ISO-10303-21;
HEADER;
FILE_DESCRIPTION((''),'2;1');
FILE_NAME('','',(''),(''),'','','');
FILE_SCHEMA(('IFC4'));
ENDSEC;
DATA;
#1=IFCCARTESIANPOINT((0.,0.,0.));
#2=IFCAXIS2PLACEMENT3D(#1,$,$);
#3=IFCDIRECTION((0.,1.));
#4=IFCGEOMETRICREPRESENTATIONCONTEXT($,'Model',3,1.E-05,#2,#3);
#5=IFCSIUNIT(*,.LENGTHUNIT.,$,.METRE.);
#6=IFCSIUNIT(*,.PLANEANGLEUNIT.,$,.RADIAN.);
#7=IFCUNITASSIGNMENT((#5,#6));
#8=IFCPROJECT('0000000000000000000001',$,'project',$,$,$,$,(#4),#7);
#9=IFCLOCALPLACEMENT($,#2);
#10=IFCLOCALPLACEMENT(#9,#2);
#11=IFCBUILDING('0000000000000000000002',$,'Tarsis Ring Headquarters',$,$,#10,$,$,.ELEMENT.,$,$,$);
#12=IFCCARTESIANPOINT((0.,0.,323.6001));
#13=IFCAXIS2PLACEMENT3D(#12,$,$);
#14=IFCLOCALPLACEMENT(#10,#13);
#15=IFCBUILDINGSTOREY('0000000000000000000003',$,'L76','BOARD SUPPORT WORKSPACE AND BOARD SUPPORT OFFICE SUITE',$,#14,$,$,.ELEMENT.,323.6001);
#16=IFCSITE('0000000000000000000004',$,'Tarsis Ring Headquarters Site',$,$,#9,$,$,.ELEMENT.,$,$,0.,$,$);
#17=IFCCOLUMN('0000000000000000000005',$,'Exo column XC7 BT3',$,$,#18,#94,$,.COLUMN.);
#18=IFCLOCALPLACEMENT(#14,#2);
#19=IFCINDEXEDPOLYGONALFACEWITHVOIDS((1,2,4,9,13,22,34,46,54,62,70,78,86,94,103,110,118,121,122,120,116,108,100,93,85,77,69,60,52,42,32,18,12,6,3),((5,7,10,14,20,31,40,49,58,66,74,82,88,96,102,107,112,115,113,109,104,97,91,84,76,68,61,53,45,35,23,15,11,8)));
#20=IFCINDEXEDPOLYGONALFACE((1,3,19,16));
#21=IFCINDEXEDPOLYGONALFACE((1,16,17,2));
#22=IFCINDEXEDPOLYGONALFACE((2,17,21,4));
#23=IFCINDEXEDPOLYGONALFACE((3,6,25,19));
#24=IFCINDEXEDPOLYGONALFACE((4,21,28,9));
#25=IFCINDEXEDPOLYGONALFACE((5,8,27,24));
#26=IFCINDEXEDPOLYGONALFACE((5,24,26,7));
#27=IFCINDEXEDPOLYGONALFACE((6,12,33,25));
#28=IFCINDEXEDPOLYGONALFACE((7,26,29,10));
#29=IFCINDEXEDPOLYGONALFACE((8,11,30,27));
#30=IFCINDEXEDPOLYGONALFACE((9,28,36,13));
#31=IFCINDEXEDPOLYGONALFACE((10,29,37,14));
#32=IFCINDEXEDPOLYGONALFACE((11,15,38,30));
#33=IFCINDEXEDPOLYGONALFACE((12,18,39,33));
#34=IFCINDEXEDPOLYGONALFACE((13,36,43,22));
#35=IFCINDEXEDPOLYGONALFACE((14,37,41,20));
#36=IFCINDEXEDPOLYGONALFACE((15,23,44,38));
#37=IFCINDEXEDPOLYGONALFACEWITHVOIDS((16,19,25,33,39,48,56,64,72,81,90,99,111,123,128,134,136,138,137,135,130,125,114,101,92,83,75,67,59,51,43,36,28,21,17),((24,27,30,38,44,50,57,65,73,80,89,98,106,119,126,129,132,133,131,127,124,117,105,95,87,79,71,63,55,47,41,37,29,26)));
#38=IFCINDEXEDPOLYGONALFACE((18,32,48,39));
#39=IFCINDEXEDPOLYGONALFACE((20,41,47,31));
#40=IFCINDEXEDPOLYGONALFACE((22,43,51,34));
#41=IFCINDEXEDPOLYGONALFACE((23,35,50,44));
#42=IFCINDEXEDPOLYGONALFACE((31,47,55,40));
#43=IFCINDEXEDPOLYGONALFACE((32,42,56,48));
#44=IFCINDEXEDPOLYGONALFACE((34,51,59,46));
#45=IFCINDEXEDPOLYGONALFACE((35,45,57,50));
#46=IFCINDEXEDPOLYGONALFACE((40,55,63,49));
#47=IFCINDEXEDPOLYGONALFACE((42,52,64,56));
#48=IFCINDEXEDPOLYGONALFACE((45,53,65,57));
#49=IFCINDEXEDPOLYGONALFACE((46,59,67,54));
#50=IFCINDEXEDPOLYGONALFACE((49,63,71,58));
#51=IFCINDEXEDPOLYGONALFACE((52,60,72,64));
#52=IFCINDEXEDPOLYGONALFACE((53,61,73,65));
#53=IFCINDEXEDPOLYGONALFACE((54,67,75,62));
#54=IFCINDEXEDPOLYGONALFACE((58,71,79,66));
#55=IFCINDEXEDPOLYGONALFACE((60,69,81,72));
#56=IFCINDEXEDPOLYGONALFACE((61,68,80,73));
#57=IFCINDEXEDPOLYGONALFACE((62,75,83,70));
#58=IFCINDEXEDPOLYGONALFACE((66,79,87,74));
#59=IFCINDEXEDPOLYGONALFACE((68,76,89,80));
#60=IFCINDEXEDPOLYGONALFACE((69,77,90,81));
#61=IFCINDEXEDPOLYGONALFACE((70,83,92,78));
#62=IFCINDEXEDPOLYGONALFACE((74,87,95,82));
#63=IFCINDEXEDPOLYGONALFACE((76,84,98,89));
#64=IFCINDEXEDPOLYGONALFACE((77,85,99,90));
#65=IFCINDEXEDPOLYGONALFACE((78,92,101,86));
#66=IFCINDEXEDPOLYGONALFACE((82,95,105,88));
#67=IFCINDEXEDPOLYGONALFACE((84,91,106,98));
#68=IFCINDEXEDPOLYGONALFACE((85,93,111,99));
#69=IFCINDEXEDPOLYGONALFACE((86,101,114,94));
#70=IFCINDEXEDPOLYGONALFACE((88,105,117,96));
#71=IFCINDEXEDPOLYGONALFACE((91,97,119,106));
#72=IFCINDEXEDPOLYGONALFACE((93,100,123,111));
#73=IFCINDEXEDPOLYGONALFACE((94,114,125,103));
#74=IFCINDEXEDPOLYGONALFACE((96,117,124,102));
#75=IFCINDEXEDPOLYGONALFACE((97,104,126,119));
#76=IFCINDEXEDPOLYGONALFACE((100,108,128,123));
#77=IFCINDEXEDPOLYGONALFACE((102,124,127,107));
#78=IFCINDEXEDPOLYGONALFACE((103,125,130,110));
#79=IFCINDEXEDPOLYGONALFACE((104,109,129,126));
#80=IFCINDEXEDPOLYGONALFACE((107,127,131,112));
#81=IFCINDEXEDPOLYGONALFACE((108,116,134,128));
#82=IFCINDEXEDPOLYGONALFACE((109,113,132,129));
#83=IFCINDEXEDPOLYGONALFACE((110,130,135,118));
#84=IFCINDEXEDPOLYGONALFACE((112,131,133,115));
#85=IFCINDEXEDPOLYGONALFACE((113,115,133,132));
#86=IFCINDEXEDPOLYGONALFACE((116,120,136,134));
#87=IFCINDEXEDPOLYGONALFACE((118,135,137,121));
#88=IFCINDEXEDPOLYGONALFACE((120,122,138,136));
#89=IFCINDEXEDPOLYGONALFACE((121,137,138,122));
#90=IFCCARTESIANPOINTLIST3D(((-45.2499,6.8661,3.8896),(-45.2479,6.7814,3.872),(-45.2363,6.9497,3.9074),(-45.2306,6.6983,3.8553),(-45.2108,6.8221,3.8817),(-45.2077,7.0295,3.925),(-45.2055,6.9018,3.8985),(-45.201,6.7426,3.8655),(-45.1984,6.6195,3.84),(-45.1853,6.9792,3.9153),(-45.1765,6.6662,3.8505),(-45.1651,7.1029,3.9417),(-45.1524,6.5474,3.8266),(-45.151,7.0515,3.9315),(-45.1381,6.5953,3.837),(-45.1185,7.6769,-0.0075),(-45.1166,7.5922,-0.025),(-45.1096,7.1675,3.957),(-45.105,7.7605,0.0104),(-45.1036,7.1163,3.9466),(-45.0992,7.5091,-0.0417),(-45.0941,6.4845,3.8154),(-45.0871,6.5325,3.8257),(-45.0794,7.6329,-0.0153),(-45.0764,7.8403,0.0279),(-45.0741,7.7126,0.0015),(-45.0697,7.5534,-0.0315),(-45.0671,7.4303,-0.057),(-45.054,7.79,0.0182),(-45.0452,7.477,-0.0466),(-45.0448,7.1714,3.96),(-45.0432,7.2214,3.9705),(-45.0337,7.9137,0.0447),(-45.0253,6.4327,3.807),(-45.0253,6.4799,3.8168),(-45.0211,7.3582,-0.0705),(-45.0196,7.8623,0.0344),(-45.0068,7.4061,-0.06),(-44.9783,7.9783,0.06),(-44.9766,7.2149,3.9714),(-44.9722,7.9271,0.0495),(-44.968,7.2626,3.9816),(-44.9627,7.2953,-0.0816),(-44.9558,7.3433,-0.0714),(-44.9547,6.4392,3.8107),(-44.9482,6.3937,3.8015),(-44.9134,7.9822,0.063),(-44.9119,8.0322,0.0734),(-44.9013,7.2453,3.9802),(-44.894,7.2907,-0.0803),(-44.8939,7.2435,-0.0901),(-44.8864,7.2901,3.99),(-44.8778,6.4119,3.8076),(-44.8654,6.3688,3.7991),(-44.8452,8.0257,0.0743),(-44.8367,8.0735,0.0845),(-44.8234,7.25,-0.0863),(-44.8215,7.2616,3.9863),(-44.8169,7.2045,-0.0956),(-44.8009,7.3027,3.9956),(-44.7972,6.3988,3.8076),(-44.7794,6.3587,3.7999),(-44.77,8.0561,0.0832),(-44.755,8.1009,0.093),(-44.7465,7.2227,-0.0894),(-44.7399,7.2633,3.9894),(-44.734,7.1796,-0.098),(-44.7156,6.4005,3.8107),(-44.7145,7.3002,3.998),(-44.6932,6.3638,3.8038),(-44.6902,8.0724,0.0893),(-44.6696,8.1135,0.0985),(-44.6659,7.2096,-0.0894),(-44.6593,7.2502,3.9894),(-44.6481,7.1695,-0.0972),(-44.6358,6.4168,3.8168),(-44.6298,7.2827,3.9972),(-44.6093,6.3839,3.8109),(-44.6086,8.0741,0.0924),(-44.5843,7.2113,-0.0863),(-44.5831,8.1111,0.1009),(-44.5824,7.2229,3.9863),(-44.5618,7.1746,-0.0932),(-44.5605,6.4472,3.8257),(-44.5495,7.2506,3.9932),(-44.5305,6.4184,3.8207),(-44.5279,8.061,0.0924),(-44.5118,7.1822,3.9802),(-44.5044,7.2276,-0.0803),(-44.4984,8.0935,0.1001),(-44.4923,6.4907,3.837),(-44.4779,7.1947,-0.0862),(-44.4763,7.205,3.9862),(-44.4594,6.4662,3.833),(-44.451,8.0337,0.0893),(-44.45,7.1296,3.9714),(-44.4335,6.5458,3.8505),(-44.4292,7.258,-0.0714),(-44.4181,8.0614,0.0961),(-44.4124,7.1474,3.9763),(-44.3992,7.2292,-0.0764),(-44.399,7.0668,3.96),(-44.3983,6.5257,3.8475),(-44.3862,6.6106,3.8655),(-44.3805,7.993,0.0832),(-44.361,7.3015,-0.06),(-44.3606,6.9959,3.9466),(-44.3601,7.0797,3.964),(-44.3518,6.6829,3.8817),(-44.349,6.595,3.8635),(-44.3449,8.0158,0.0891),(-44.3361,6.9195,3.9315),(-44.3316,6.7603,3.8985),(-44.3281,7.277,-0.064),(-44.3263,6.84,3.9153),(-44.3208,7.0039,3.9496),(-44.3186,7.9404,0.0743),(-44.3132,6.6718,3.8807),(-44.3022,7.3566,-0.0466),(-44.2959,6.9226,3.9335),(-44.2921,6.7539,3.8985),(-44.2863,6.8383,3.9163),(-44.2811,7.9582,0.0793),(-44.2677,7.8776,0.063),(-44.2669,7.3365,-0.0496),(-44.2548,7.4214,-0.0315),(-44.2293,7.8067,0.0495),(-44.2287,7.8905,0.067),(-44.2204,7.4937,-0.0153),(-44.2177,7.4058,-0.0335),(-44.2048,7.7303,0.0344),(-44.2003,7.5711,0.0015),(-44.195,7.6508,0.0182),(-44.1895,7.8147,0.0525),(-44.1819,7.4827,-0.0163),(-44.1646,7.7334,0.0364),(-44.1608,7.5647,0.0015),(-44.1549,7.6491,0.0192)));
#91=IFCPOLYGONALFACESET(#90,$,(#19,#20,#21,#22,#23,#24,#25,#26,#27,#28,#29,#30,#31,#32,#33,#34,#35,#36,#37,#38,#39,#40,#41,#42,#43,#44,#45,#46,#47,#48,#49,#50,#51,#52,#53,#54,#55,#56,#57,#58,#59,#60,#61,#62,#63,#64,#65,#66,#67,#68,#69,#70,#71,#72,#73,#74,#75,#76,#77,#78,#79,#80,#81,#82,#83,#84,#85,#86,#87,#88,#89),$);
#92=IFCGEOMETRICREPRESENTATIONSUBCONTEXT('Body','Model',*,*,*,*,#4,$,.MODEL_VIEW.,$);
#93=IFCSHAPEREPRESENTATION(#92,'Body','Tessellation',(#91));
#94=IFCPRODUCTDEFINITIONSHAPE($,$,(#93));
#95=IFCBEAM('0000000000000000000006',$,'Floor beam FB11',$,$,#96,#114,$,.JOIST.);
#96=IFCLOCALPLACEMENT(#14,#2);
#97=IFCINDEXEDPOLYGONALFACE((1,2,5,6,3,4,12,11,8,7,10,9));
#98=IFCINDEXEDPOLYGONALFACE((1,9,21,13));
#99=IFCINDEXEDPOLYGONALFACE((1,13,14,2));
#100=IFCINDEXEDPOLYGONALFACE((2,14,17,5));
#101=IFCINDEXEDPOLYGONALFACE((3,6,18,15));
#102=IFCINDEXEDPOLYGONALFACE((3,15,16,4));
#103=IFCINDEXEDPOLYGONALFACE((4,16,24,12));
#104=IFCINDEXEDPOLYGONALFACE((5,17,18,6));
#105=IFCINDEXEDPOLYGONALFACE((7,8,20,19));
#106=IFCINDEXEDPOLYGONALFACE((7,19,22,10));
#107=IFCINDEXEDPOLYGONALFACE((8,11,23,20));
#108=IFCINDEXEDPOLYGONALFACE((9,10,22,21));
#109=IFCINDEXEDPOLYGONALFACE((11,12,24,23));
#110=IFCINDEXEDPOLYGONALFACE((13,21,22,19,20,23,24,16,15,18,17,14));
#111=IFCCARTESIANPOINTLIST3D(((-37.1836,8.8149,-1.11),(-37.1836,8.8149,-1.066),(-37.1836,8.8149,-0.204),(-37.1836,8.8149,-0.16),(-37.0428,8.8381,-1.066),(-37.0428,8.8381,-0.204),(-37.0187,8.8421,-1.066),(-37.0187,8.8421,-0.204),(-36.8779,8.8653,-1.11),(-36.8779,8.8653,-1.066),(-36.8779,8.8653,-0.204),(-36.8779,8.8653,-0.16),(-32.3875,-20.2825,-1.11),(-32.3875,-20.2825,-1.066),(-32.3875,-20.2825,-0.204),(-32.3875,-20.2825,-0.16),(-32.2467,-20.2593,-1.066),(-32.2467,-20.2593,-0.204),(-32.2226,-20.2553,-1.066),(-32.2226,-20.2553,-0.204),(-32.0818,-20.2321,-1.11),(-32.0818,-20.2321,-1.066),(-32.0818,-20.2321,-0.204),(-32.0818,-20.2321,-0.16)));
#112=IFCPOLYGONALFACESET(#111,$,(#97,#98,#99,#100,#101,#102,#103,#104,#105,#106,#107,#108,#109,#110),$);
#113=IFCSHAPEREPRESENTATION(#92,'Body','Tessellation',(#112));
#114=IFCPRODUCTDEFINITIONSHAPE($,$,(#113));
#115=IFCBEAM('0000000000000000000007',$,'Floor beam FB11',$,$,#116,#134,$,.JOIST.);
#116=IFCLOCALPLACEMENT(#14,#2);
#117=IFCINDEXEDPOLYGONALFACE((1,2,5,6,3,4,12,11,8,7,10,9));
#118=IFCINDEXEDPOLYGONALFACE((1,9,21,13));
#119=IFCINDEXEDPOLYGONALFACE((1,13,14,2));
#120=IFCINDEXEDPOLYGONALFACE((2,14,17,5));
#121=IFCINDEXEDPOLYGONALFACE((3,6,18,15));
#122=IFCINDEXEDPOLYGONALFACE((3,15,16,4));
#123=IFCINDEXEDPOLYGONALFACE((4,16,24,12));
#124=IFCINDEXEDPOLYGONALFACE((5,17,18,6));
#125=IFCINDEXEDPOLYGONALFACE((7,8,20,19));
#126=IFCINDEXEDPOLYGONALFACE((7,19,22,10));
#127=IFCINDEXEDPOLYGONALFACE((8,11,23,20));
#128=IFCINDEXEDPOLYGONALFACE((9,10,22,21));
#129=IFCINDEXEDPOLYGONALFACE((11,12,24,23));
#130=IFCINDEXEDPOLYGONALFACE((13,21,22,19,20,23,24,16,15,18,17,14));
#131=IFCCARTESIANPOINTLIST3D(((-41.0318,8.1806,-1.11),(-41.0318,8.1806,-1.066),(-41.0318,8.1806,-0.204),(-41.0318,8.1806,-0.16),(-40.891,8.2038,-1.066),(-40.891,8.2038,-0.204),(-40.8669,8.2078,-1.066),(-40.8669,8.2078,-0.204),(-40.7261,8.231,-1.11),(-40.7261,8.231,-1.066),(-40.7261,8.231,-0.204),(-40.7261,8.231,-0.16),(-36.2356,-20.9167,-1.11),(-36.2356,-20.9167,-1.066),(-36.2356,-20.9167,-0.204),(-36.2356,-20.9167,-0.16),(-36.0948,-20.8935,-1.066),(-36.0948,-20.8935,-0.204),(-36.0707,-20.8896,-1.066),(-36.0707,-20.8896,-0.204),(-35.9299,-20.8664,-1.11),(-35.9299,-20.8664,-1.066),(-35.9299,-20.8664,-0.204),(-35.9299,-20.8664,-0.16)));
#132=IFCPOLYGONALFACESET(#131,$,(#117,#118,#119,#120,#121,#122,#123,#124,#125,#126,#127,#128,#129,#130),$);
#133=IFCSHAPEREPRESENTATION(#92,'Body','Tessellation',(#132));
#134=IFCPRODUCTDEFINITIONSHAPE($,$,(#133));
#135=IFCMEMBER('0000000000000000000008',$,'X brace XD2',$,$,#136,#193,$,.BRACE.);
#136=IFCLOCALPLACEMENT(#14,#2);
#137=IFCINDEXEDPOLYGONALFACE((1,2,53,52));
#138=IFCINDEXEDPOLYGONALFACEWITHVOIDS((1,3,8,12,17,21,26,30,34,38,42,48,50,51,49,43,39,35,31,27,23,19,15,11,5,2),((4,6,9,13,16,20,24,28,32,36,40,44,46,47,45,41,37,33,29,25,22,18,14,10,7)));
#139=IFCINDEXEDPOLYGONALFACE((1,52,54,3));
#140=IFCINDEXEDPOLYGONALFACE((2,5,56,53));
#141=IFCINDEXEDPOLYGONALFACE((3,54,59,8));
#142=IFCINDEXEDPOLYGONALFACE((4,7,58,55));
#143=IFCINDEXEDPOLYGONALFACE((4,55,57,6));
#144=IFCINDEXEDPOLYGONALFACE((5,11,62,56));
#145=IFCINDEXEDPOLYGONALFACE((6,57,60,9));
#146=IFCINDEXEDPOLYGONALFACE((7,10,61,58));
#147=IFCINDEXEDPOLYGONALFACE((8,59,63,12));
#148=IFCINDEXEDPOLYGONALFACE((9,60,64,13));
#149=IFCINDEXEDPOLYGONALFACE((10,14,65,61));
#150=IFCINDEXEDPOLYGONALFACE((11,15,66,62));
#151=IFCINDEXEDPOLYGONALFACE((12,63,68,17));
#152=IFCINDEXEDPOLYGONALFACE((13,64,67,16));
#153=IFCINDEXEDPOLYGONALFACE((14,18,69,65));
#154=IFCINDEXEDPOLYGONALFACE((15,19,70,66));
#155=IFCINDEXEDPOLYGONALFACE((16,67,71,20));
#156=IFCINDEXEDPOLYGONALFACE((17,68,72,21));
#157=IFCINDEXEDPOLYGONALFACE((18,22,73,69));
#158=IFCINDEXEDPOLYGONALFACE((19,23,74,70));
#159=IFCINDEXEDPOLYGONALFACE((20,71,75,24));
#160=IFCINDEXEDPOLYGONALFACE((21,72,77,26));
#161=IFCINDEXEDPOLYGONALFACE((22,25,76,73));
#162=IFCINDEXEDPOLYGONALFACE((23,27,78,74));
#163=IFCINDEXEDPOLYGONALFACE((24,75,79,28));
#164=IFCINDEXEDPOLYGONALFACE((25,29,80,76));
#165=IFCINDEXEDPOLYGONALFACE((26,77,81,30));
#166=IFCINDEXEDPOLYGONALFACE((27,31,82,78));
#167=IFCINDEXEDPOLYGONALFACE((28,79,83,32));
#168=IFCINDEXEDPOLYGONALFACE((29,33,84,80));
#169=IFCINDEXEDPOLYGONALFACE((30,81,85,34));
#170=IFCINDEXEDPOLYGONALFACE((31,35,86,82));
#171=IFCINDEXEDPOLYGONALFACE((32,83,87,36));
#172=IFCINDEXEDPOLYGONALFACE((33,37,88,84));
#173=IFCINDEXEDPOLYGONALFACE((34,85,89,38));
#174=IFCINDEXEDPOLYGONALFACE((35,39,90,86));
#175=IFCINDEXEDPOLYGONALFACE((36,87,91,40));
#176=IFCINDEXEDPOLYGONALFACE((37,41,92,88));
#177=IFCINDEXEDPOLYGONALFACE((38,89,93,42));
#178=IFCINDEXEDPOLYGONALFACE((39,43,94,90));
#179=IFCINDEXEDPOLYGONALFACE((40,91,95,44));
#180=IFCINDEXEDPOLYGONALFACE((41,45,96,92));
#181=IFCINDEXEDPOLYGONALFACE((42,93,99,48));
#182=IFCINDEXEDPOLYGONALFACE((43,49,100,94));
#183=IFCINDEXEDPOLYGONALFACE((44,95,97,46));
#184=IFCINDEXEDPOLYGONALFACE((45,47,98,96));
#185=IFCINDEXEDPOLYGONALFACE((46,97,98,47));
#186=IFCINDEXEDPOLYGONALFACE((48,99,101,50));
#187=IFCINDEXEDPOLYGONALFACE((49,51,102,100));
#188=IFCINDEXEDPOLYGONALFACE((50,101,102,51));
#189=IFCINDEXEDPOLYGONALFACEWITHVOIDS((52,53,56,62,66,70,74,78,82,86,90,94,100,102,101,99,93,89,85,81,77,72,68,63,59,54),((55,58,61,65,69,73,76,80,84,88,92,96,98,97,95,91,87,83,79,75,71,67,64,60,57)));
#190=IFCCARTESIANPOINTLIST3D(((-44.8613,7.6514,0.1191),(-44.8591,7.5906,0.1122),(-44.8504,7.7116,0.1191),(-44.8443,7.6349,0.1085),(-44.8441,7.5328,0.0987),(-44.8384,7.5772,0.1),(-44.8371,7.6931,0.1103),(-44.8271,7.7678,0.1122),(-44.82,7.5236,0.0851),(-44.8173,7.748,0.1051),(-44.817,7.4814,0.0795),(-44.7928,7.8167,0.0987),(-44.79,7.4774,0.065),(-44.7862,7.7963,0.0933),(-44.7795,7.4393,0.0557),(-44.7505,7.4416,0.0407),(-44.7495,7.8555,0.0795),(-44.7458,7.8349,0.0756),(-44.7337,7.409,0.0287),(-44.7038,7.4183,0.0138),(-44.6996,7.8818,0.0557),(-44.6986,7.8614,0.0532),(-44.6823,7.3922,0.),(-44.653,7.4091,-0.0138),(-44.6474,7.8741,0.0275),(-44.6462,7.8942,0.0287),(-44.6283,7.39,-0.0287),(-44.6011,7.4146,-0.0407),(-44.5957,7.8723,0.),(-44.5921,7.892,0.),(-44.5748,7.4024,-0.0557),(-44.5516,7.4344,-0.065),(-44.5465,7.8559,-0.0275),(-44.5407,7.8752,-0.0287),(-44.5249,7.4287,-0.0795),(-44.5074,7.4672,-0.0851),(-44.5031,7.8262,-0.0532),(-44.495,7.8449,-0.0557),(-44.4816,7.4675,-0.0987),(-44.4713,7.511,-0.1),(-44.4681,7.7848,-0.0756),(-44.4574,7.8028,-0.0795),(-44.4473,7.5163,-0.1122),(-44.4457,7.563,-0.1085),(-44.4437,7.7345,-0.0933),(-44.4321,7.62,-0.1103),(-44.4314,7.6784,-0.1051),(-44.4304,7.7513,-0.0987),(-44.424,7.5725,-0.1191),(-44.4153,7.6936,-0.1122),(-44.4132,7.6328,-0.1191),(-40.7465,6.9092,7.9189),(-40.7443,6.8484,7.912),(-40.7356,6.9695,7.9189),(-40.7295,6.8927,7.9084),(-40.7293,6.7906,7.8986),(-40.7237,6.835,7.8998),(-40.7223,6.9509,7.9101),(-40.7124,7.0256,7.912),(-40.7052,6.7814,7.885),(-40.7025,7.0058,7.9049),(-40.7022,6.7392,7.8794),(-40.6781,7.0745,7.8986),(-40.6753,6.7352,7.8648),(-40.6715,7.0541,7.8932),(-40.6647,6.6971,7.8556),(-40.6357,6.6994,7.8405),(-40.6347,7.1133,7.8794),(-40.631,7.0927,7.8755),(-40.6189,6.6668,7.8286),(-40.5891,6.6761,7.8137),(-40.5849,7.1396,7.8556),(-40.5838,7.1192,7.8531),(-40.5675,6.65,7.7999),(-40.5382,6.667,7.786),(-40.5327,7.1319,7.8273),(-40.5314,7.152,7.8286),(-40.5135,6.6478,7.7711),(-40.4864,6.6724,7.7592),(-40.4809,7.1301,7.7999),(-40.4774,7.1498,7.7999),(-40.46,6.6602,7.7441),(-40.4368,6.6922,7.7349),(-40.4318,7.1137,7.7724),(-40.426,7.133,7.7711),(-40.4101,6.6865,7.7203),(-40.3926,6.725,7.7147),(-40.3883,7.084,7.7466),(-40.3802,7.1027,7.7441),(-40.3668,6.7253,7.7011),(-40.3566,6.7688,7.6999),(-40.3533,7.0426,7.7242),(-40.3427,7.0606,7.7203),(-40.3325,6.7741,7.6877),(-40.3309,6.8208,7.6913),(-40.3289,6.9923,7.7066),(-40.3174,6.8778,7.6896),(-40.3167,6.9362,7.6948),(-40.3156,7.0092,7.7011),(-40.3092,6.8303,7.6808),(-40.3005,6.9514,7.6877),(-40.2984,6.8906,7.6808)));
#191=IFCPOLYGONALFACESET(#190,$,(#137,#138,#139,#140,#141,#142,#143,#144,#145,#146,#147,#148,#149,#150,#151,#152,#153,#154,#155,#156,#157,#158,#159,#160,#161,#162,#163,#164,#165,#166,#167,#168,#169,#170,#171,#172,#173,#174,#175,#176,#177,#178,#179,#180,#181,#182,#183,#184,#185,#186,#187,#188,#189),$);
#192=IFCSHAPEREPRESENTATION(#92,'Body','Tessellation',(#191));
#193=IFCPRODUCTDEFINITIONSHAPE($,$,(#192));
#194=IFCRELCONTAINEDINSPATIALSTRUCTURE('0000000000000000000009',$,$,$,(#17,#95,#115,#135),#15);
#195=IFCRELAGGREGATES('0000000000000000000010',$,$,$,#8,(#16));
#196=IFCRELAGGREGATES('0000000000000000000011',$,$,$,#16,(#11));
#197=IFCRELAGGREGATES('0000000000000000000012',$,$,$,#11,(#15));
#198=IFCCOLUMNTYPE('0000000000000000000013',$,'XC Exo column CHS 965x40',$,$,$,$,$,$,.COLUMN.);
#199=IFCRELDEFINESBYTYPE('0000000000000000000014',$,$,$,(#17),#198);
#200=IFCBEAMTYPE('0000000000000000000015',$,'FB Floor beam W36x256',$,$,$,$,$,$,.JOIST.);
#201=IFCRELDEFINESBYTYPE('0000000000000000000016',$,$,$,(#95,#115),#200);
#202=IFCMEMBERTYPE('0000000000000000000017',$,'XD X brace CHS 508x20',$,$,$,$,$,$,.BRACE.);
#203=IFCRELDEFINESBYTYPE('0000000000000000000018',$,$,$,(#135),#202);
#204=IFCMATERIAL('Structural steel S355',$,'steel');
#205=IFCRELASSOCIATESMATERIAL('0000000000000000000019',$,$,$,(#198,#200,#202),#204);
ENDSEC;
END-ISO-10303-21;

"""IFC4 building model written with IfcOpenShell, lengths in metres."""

from ifc_helpers import new_model, si_unit, direction, frame, origin, origin_2d, place, context, subcontext, project, spatial, hollow_circle, i_section, extrude, material, material_profile, profile_set, type_object, element, save


model = new_model("IFC4")

# Units and contexts
model_context = context("Model", 3, precision=1e-05, world=origin(), true_north=direction((0.0, 1.0)))
body_context = subcontext(model_context, "Body", "Model", "MODEL_VIEW")
ifc_project = project(units=[si_unit("LENGTHUNIT", "METRE"), si_unit("PLANEANGLEUNIT", "RADIAN")], contexts=[model_context])

# Site, building, storey
site_placement = place(None, origin())
site = spatial("IfcSite", under=ifc_project, at=site_placement, Name="Tarsis Ring Headquarters Site", CompositionType="ELEMENT", RefElevation=0.0)
building_placement = place(site_placement, origin())
building = spatial("IfcBuilding", under=site, at=building_placement, Name="Tarsis Ring Headquarters", CompositionType="ELEMENT")
storey_placement = place(building_placement, frame((0.0, 0.0, 323.6001)))
storey = spatial("IfcBuildingStorey", under=building, at=storey_placement, Name="L76", Description="BOARD SUPPORT WORKSPACE AND BOARD SUPPORT OFFICE SUITE", CompositionType="ELEMENT", Elevation=323.6001)

# Column
ifc_material_1 = material(Name="Structural steel S355", Category="steel")
ifc_material_profile_1 = material_profile(ifc_material_1, hollow_circle(Radius=0.4827, WallThickness=0.04, at=origin_2d()), Name="CHS 965x40")
ifc_profile_set_1 = profile_set([ifc_material_profile_1], Name="Structural steel S355")
column_type = type_object("IfcColumnType", Name="XC Exo column CHS 965x40", PredefinedType="COLUMN", material=ifc_profile_set_1)
column_placement = place(storey_placement, frame((-44.6372, 7.6418, 0.0015), z_axis=(-0.03298, -0.203584, 0.978502), x_axis=(0.987131, -0.159915, 0.0)))
element("IfcColumn", 1, at=column_placement, inside=storey, type_object=column_type, Name="Exo column XC7 BT3", PredefinedType="COLUMN", context=body_context, shape_type="SweptSolid", body=[
    extrude(hollow_circle(Radius=0.4827, WallThickness=0.04, at=origin_2d()), origin(), (0.0, 0.0, 1.0), 3.9827),
])

# Beams
ifc_material_profile_2 = material_profile(ifc_material_1, i_section(OverallWidth=0.3098, OverallDepth=0.95, WebThickness=0.0244, FlangeThickness=0.0439, at=origin_2d()), Name="W36x256")
ifc_profile_set_2 = profile_set([ifc_material_profile_2], Name="Structural steel S355")
beam_type_1 = type_object("IfcBeamType", Name="FB Floor beam W36x256", PredefinedType="JOIST", material=ifc_profile_set_2)
for number, where, z_axis, x_axis, name in (
    (2, (-37.0308, 8.8401, -0.635), (0.162636, -0.986686, 0.0), (0.986686, 0.162636, 0.0), "Floor beam FB11"),
    (3, (-40.8789, 8.2058, -0.635), (0.162636, -0.986686, 0.0), (0.986686, 0.162636, 0.0), "Floor beam FB11"),
):
    element("IfcBeam", number, at=place(storey_placement, frame(where, z_axis=z_axis, x_axis=x_axis)), inside=storey, type_object=beam_type_1, Name=name, PredefinedType="JOIST", context=body_context, shape_type="SweptSolid", body=[
        extrude(i_section(OverallWidth=0.3098, OverallDepth=0.95, WebThickness=0.0244, FlangeThickness=0.0439, at=origin_2d()), origin(), (0.0, 0.0, 1.0), 29.49),
    ])

# Member
ifc_material_profile_3 = material_profile(ifc_material_1, hollow_circle(Radius=0.2539, WallThickness=0.02, at=origin_2d()), Name="CHS 508x20")
ifc_profile_set_3 = profile_set([ifc_material_profile_3], Name="Structural steel S355")
member_type = type_object("IfcMemberType", Name="XD X brace CHS 508x20", PredefinedType="BRACE", material=ifc_profile_set_3)
member_placement = place(storey_placement, frame((-44.6372, 7.6421, 0.0), z_axis=(0.464954, -0.083865, 0.881354), x_axis=(0.177508, 0.984119, 0.0)))
element("IfcMember", 4, at=member_placement, inside=storey, type_object=member_type, Name="X brace XD2", PredefinedType="BRACE", context=body_context, shape_type="SweptSolid", body=[
    extrude(hollow_circle(Radius=0.2539, WallThickness=0.02, at=origin_2d()), origin(), (0.0, 0.0, 1.0), 8.8499),
])

save(model, "model.ifc")
